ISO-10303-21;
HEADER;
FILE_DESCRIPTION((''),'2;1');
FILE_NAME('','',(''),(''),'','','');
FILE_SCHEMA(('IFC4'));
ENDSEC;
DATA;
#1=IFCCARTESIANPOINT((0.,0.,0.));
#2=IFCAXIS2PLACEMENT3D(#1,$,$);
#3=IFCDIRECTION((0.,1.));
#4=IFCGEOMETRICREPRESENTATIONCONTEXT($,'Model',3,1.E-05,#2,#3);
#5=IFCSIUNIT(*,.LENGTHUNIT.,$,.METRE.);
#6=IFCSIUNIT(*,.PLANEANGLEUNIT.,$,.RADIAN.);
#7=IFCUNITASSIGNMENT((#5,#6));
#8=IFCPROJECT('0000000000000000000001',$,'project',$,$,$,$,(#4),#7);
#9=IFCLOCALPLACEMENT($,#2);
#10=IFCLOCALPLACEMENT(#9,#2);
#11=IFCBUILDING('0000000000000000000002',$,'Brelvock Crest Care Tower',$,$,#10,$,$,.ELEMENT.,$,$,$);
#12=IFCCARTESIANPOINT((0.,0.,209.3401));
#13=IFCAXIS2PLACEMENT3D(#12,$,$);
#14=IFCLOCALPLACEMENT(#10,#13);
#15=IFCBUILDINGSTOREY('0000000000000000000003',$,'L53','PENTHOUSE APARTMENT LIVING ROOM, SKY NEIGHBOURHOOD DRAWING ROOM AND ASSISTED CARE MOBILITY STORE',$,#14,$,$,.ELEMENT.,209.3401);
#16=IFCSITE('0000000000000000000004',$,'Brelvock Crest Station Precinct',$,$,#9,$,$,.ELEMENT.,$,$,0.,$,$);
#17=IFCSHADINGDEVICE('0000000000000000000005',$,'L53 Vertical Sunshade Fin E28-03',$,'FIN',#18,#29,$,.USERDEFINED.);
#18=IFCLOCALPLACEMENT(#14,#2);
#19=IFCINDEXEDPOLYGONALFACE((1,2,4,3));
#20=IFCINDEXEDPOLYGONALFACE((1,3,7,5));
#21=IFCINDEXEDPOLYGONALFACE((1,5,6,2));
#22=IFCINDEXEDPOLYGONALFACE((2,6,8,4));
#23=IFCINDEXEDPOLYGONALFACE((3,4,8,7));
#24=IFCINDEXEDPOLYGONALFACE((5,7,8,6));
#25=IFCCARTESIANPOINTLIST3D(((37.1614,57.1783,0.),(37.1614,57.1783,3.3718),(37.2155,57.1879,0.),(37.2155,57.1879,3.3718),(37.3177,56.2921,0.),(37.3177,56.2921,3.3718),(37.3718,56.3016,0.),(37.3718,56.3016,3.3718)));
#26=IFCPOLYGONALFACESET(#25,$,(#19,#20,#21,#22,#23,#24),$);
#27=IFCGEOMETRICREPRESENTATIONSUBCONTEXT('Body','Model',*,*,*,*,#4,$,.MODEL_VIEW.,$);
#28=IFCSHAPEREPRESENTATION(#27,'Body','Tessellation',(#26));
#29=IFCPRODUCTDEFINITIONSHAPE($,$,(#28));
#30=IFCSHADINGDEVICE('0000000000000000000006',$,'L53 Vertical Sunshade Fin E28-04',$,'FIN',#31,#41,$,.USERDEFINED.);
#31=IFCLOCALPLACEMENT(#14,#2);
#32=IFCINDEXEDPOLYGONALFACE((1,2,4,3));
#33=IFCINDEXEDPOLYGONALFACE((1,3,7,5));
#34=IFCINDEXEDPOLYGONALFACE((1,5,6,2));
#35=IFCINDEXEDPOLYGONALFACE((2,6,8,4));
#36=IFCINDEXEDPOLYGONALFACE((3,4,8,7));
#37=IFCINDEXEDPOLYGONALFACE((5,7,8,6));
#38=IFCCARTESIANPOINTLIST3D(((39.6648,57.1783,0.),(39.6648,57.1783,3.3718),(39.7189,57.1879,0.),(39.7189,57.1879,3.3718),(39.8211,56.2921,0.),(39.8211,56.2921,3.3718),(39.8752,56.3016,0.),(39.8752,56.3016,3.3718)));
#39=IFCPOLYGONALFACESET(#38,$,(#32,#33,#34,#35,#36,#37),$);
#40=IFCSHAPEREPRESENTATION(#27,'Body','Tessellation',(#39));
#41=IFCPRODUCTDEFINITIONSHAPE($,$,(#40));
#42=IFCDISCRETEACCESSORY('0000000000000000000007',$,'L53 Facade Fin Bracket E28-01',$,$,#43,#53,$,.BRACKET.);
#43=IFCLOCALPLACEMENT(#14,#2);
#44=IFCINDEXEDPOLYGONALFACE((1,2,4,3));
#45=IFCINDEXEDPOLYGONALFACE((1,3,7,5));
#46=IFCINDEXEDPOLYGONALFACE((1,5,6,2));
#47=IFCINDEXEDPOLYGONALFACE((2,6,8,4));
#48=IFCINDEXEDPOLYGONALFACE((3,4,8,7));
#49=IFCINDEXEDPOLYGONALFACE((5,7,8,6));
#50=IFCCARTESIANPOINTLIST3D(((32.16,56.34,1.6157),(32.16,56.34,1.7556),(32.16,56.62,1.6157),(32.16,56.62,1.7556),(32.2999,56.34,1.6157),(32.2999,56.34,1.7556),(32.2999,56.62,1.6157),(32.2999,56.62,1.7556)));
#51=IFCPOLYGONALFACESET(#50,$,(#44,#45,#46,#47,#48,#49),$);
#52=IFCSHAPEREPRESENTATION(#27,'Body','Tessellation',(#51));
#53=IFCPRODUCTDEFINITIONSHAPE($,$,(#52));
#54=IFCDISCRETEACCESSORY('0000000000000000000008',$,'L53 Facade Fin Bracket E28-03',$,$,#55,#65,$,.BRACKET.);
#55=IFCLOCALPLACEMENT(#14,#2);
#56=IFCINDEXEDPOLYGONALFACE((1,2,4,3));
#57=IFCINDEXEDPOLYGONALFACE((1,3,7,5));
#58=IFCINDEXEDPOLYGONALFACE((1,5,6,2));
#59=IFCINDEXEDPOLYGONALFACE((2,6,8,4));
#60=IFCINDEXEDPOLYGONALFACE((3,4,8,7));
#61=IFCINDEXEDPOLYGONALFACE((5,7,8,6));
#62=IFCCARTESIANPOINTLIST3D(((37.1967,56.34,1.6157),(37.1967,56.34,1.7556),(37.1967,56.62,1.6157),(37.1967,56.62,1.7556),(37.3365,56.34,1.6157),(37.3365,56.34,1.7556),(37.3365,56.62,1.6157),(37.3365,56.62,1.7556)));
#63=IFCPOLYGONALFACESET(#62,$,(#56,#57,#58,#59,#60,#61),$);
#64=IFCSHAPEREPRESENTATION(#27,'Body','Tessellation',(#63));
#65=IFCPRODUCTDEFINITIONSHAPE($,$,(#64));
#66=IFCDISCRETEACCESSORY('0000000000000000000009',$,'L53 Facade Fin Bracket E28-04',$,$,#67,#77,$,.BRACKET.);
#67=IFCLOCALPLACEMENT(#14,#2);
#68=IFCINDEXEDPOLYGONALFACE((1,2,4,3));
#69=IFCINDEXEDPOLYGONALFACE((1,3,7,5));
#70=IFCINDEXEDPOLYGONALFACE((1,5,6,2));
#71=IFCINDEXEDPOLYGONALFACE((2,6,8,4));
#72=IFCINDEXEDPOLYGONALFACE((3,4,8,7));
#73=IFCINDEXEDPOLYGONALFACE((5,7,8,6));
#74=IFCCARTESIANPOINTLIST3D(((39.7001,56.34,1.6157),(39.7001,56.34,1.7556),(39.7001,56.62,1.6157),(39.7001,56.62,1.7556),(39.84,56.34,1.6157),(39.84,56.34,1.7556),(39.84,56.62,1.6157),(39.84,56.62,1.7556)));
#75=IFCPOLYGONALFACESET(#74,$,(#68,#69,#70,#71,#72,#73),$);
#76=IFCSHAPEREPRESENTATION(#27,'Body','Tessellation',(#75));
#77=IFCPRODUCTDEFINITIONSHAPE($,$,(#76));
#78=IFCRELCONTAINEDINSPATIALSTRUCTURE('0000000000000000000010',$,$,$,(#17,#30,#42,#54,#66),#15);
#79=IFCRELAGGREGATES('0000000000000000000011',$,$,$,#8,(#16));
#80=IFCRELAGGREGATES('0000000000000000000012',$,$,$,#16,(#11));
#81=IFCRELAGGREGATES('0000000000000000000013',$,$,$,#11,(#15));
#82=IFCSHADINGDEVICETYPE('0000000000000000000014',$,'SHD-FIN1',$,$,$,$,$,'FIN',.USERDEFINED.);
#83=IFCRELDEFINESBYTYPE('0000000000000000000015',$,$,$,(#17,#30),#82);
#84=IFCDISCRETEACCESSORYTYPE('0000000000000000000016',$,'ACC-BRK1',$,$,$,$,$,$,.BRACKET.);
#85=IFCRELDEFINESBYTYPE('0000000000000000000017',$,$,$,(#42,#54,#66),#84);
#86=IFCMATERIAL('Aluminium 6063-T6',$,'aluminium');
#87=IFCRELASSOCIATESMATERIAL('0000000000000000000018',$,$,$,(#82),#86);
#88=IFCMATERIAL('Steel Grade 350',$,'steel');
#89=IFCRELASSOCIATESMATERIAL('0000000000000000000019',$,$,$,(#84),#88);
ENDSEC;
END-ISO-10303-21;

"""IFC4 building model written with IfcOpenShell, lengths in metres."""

from ifc_helpers import new_model, si_unit, direction, frame, origin, origin_2d, place, context, subcontext, project, spatial, rectangle, extrude, source, transform, mapped, material, material_profile, profile_set, type_object, element, save


model = new_model("IFC4")

# Units and contexts
model_context = context("Model", 3, precision=1e-05, world=origin(), true_north=direction((0.0, 1.0)))
body_context = subcontext(model_context, "Body", "Model", "MODEL_VIEW")
ifc_project = project(units=[si_unit("LENGTHUNIT", "METRE"), si_unit("PLANEANGLEUNIT", "RADIAN")], contexts=[model_context])

# Site, building, storey
site_placement = place(None, origin())
site = spatial("IfcSite", under=ifc_project, at=site_placement, Name="Brelvock Crest Station Precinct", CompositionType="ELEMENT", RefElevation=0.0)
building_placement = place(site_placement, origin())
building = spatial("IfcBuilding", under=site, at=building_placement, Name="Brelvock Crest Care Tower", CompositionType="ELEMENT")
storey_placement = place(building_placement, frame((0.0, 0.0, 209.3401)))
storey = spatial("IfcBuildingStorey", under=building, at=storey_placement, Name="L53", Description="PENTHOUSE APARTMENT LIVING ROOM, SKY NEIGHBOURHOOD DRAWING ROOM AND ASSISTED CARE MOBILITY STORE", CompositionType="ELEMENT", Elevation=209.3401)

# Shared definitions
ifc_material_1 = material(Name="Steel Grade 350", Category="steel")

# Shared definitions
ifc_material_2 = material(Name="Aluminium 6063-T6", Category="aluminium")

# Shading devices
ifc_material_profile_1 = material_profile(ifc_material_2, rectangle(XDim=0.0549, YDim=0.8999, at=origin_2d()), Name="FIN55x900")
ifc_profile_set_1 = profile_set([ifc_material_profile_1], Name="Aluminium 6063-T6")
shading_device_type = type_object("IfcShadingDeviceType", Name="SHD-FIN1", ElementType="FIN", PredefinedType="USERDEFINED", material=ifc_profile_set_1)
shared_shape_1 = source(origin(), body_context, "Body", "SweptSolid", [
    extrude(rectangle(XDim=0.0549, YDim=0.8999, at=origin_2d()), origin(), (0.0, 0.0, 1.0), 3.3718),
])
for number, where, z_axis, x_axis, name in (
    (1, (37.2666, 56.74, 0.0), (0.0, 0.0, 1.0), (0.984808, 0.173648, 0.0), "L53 Vertical Sunshade Fin E28-03"),
    (2, (39.77, 56.74, 0.0), (0.0, 0.0, 1.0), (0.984808, 0.173648, 0.0), "L53 Vertical Sunshade Fin E28-04"),
):
    element("IfcShadingDevice", number, at=place(storey_placement, frame(where, z_axis=z_axis, x_axis=x_axis)), inside=storey, type_object=shading_device_type, Name=name, ObjectType="FIN", PredefinedType="USERDEFINED", context=body_context, shape_type="MappedRepresentation", body=[
        mapped(shared_shape_1, transform((0.0, 0.0, 0.0), x_axis=(1.0, 0.0, 0.0), y_axis=(0.0, 1.0, 0.0), z_axis=(0.0, 0.0, 1.0), scale=1.0)),
    ])

# Discrete accessories
discrete_accessory_type = type_object("IfcDiscreteAccessoryType", Name="ACC-BRK1", PredefinedType="BRACKET", material=ifc_material_1)
shared_shape_2 = source(origin(), body_context, "Body", "SweptSolid", [
    extrude(rectangle(XDim=0.28, YDim=0.1399, at=origin_2d()), origin(), (0.0, 0.0, 1.0), 0.1399),
])
for number, where, z_axis, x_axis, name in (
    (3, (32.23, 56.48, 1.6157), (0.0, 0.0, 1.0), (0.0, 1.0, 0.0), "L53 Facade Fin Bracket E28-01"),
    (4, (37.2666, 56.48, 1.6157), (0.0, 0.0, 1.0), (0.0, 1.0, 0.0), "L53 Facade Fin Bracket E28-03"),
    (5, (39.77, 56.48, 1.6157), (0.0, 0.0, 1.0), (0.0, 1.0, 0.0), "L53 Facade Fin Bracket E28-04"),
):
    element("IfcDiscreteAccessory", number, at=place(storey_placement, frame(where, z_axis=z_axis, x_axis=x_axis)), inside=storey, type_object=discrete_accessory_type, Name=name, PredefinedType="BRACKET", context=body_context, shape_type="MappedRepresentation", body=[
        mapped(shared_shape_2, transform((0.0, 0.0, 0.0), x_axis=(1.0, 0.0, 0.0), y_axis=(0.0, 1.0, 0.0), z_axis=(0.0, 0.0, 1.0), scale=1.0)),
    ])

save(model, "model.ifc")
